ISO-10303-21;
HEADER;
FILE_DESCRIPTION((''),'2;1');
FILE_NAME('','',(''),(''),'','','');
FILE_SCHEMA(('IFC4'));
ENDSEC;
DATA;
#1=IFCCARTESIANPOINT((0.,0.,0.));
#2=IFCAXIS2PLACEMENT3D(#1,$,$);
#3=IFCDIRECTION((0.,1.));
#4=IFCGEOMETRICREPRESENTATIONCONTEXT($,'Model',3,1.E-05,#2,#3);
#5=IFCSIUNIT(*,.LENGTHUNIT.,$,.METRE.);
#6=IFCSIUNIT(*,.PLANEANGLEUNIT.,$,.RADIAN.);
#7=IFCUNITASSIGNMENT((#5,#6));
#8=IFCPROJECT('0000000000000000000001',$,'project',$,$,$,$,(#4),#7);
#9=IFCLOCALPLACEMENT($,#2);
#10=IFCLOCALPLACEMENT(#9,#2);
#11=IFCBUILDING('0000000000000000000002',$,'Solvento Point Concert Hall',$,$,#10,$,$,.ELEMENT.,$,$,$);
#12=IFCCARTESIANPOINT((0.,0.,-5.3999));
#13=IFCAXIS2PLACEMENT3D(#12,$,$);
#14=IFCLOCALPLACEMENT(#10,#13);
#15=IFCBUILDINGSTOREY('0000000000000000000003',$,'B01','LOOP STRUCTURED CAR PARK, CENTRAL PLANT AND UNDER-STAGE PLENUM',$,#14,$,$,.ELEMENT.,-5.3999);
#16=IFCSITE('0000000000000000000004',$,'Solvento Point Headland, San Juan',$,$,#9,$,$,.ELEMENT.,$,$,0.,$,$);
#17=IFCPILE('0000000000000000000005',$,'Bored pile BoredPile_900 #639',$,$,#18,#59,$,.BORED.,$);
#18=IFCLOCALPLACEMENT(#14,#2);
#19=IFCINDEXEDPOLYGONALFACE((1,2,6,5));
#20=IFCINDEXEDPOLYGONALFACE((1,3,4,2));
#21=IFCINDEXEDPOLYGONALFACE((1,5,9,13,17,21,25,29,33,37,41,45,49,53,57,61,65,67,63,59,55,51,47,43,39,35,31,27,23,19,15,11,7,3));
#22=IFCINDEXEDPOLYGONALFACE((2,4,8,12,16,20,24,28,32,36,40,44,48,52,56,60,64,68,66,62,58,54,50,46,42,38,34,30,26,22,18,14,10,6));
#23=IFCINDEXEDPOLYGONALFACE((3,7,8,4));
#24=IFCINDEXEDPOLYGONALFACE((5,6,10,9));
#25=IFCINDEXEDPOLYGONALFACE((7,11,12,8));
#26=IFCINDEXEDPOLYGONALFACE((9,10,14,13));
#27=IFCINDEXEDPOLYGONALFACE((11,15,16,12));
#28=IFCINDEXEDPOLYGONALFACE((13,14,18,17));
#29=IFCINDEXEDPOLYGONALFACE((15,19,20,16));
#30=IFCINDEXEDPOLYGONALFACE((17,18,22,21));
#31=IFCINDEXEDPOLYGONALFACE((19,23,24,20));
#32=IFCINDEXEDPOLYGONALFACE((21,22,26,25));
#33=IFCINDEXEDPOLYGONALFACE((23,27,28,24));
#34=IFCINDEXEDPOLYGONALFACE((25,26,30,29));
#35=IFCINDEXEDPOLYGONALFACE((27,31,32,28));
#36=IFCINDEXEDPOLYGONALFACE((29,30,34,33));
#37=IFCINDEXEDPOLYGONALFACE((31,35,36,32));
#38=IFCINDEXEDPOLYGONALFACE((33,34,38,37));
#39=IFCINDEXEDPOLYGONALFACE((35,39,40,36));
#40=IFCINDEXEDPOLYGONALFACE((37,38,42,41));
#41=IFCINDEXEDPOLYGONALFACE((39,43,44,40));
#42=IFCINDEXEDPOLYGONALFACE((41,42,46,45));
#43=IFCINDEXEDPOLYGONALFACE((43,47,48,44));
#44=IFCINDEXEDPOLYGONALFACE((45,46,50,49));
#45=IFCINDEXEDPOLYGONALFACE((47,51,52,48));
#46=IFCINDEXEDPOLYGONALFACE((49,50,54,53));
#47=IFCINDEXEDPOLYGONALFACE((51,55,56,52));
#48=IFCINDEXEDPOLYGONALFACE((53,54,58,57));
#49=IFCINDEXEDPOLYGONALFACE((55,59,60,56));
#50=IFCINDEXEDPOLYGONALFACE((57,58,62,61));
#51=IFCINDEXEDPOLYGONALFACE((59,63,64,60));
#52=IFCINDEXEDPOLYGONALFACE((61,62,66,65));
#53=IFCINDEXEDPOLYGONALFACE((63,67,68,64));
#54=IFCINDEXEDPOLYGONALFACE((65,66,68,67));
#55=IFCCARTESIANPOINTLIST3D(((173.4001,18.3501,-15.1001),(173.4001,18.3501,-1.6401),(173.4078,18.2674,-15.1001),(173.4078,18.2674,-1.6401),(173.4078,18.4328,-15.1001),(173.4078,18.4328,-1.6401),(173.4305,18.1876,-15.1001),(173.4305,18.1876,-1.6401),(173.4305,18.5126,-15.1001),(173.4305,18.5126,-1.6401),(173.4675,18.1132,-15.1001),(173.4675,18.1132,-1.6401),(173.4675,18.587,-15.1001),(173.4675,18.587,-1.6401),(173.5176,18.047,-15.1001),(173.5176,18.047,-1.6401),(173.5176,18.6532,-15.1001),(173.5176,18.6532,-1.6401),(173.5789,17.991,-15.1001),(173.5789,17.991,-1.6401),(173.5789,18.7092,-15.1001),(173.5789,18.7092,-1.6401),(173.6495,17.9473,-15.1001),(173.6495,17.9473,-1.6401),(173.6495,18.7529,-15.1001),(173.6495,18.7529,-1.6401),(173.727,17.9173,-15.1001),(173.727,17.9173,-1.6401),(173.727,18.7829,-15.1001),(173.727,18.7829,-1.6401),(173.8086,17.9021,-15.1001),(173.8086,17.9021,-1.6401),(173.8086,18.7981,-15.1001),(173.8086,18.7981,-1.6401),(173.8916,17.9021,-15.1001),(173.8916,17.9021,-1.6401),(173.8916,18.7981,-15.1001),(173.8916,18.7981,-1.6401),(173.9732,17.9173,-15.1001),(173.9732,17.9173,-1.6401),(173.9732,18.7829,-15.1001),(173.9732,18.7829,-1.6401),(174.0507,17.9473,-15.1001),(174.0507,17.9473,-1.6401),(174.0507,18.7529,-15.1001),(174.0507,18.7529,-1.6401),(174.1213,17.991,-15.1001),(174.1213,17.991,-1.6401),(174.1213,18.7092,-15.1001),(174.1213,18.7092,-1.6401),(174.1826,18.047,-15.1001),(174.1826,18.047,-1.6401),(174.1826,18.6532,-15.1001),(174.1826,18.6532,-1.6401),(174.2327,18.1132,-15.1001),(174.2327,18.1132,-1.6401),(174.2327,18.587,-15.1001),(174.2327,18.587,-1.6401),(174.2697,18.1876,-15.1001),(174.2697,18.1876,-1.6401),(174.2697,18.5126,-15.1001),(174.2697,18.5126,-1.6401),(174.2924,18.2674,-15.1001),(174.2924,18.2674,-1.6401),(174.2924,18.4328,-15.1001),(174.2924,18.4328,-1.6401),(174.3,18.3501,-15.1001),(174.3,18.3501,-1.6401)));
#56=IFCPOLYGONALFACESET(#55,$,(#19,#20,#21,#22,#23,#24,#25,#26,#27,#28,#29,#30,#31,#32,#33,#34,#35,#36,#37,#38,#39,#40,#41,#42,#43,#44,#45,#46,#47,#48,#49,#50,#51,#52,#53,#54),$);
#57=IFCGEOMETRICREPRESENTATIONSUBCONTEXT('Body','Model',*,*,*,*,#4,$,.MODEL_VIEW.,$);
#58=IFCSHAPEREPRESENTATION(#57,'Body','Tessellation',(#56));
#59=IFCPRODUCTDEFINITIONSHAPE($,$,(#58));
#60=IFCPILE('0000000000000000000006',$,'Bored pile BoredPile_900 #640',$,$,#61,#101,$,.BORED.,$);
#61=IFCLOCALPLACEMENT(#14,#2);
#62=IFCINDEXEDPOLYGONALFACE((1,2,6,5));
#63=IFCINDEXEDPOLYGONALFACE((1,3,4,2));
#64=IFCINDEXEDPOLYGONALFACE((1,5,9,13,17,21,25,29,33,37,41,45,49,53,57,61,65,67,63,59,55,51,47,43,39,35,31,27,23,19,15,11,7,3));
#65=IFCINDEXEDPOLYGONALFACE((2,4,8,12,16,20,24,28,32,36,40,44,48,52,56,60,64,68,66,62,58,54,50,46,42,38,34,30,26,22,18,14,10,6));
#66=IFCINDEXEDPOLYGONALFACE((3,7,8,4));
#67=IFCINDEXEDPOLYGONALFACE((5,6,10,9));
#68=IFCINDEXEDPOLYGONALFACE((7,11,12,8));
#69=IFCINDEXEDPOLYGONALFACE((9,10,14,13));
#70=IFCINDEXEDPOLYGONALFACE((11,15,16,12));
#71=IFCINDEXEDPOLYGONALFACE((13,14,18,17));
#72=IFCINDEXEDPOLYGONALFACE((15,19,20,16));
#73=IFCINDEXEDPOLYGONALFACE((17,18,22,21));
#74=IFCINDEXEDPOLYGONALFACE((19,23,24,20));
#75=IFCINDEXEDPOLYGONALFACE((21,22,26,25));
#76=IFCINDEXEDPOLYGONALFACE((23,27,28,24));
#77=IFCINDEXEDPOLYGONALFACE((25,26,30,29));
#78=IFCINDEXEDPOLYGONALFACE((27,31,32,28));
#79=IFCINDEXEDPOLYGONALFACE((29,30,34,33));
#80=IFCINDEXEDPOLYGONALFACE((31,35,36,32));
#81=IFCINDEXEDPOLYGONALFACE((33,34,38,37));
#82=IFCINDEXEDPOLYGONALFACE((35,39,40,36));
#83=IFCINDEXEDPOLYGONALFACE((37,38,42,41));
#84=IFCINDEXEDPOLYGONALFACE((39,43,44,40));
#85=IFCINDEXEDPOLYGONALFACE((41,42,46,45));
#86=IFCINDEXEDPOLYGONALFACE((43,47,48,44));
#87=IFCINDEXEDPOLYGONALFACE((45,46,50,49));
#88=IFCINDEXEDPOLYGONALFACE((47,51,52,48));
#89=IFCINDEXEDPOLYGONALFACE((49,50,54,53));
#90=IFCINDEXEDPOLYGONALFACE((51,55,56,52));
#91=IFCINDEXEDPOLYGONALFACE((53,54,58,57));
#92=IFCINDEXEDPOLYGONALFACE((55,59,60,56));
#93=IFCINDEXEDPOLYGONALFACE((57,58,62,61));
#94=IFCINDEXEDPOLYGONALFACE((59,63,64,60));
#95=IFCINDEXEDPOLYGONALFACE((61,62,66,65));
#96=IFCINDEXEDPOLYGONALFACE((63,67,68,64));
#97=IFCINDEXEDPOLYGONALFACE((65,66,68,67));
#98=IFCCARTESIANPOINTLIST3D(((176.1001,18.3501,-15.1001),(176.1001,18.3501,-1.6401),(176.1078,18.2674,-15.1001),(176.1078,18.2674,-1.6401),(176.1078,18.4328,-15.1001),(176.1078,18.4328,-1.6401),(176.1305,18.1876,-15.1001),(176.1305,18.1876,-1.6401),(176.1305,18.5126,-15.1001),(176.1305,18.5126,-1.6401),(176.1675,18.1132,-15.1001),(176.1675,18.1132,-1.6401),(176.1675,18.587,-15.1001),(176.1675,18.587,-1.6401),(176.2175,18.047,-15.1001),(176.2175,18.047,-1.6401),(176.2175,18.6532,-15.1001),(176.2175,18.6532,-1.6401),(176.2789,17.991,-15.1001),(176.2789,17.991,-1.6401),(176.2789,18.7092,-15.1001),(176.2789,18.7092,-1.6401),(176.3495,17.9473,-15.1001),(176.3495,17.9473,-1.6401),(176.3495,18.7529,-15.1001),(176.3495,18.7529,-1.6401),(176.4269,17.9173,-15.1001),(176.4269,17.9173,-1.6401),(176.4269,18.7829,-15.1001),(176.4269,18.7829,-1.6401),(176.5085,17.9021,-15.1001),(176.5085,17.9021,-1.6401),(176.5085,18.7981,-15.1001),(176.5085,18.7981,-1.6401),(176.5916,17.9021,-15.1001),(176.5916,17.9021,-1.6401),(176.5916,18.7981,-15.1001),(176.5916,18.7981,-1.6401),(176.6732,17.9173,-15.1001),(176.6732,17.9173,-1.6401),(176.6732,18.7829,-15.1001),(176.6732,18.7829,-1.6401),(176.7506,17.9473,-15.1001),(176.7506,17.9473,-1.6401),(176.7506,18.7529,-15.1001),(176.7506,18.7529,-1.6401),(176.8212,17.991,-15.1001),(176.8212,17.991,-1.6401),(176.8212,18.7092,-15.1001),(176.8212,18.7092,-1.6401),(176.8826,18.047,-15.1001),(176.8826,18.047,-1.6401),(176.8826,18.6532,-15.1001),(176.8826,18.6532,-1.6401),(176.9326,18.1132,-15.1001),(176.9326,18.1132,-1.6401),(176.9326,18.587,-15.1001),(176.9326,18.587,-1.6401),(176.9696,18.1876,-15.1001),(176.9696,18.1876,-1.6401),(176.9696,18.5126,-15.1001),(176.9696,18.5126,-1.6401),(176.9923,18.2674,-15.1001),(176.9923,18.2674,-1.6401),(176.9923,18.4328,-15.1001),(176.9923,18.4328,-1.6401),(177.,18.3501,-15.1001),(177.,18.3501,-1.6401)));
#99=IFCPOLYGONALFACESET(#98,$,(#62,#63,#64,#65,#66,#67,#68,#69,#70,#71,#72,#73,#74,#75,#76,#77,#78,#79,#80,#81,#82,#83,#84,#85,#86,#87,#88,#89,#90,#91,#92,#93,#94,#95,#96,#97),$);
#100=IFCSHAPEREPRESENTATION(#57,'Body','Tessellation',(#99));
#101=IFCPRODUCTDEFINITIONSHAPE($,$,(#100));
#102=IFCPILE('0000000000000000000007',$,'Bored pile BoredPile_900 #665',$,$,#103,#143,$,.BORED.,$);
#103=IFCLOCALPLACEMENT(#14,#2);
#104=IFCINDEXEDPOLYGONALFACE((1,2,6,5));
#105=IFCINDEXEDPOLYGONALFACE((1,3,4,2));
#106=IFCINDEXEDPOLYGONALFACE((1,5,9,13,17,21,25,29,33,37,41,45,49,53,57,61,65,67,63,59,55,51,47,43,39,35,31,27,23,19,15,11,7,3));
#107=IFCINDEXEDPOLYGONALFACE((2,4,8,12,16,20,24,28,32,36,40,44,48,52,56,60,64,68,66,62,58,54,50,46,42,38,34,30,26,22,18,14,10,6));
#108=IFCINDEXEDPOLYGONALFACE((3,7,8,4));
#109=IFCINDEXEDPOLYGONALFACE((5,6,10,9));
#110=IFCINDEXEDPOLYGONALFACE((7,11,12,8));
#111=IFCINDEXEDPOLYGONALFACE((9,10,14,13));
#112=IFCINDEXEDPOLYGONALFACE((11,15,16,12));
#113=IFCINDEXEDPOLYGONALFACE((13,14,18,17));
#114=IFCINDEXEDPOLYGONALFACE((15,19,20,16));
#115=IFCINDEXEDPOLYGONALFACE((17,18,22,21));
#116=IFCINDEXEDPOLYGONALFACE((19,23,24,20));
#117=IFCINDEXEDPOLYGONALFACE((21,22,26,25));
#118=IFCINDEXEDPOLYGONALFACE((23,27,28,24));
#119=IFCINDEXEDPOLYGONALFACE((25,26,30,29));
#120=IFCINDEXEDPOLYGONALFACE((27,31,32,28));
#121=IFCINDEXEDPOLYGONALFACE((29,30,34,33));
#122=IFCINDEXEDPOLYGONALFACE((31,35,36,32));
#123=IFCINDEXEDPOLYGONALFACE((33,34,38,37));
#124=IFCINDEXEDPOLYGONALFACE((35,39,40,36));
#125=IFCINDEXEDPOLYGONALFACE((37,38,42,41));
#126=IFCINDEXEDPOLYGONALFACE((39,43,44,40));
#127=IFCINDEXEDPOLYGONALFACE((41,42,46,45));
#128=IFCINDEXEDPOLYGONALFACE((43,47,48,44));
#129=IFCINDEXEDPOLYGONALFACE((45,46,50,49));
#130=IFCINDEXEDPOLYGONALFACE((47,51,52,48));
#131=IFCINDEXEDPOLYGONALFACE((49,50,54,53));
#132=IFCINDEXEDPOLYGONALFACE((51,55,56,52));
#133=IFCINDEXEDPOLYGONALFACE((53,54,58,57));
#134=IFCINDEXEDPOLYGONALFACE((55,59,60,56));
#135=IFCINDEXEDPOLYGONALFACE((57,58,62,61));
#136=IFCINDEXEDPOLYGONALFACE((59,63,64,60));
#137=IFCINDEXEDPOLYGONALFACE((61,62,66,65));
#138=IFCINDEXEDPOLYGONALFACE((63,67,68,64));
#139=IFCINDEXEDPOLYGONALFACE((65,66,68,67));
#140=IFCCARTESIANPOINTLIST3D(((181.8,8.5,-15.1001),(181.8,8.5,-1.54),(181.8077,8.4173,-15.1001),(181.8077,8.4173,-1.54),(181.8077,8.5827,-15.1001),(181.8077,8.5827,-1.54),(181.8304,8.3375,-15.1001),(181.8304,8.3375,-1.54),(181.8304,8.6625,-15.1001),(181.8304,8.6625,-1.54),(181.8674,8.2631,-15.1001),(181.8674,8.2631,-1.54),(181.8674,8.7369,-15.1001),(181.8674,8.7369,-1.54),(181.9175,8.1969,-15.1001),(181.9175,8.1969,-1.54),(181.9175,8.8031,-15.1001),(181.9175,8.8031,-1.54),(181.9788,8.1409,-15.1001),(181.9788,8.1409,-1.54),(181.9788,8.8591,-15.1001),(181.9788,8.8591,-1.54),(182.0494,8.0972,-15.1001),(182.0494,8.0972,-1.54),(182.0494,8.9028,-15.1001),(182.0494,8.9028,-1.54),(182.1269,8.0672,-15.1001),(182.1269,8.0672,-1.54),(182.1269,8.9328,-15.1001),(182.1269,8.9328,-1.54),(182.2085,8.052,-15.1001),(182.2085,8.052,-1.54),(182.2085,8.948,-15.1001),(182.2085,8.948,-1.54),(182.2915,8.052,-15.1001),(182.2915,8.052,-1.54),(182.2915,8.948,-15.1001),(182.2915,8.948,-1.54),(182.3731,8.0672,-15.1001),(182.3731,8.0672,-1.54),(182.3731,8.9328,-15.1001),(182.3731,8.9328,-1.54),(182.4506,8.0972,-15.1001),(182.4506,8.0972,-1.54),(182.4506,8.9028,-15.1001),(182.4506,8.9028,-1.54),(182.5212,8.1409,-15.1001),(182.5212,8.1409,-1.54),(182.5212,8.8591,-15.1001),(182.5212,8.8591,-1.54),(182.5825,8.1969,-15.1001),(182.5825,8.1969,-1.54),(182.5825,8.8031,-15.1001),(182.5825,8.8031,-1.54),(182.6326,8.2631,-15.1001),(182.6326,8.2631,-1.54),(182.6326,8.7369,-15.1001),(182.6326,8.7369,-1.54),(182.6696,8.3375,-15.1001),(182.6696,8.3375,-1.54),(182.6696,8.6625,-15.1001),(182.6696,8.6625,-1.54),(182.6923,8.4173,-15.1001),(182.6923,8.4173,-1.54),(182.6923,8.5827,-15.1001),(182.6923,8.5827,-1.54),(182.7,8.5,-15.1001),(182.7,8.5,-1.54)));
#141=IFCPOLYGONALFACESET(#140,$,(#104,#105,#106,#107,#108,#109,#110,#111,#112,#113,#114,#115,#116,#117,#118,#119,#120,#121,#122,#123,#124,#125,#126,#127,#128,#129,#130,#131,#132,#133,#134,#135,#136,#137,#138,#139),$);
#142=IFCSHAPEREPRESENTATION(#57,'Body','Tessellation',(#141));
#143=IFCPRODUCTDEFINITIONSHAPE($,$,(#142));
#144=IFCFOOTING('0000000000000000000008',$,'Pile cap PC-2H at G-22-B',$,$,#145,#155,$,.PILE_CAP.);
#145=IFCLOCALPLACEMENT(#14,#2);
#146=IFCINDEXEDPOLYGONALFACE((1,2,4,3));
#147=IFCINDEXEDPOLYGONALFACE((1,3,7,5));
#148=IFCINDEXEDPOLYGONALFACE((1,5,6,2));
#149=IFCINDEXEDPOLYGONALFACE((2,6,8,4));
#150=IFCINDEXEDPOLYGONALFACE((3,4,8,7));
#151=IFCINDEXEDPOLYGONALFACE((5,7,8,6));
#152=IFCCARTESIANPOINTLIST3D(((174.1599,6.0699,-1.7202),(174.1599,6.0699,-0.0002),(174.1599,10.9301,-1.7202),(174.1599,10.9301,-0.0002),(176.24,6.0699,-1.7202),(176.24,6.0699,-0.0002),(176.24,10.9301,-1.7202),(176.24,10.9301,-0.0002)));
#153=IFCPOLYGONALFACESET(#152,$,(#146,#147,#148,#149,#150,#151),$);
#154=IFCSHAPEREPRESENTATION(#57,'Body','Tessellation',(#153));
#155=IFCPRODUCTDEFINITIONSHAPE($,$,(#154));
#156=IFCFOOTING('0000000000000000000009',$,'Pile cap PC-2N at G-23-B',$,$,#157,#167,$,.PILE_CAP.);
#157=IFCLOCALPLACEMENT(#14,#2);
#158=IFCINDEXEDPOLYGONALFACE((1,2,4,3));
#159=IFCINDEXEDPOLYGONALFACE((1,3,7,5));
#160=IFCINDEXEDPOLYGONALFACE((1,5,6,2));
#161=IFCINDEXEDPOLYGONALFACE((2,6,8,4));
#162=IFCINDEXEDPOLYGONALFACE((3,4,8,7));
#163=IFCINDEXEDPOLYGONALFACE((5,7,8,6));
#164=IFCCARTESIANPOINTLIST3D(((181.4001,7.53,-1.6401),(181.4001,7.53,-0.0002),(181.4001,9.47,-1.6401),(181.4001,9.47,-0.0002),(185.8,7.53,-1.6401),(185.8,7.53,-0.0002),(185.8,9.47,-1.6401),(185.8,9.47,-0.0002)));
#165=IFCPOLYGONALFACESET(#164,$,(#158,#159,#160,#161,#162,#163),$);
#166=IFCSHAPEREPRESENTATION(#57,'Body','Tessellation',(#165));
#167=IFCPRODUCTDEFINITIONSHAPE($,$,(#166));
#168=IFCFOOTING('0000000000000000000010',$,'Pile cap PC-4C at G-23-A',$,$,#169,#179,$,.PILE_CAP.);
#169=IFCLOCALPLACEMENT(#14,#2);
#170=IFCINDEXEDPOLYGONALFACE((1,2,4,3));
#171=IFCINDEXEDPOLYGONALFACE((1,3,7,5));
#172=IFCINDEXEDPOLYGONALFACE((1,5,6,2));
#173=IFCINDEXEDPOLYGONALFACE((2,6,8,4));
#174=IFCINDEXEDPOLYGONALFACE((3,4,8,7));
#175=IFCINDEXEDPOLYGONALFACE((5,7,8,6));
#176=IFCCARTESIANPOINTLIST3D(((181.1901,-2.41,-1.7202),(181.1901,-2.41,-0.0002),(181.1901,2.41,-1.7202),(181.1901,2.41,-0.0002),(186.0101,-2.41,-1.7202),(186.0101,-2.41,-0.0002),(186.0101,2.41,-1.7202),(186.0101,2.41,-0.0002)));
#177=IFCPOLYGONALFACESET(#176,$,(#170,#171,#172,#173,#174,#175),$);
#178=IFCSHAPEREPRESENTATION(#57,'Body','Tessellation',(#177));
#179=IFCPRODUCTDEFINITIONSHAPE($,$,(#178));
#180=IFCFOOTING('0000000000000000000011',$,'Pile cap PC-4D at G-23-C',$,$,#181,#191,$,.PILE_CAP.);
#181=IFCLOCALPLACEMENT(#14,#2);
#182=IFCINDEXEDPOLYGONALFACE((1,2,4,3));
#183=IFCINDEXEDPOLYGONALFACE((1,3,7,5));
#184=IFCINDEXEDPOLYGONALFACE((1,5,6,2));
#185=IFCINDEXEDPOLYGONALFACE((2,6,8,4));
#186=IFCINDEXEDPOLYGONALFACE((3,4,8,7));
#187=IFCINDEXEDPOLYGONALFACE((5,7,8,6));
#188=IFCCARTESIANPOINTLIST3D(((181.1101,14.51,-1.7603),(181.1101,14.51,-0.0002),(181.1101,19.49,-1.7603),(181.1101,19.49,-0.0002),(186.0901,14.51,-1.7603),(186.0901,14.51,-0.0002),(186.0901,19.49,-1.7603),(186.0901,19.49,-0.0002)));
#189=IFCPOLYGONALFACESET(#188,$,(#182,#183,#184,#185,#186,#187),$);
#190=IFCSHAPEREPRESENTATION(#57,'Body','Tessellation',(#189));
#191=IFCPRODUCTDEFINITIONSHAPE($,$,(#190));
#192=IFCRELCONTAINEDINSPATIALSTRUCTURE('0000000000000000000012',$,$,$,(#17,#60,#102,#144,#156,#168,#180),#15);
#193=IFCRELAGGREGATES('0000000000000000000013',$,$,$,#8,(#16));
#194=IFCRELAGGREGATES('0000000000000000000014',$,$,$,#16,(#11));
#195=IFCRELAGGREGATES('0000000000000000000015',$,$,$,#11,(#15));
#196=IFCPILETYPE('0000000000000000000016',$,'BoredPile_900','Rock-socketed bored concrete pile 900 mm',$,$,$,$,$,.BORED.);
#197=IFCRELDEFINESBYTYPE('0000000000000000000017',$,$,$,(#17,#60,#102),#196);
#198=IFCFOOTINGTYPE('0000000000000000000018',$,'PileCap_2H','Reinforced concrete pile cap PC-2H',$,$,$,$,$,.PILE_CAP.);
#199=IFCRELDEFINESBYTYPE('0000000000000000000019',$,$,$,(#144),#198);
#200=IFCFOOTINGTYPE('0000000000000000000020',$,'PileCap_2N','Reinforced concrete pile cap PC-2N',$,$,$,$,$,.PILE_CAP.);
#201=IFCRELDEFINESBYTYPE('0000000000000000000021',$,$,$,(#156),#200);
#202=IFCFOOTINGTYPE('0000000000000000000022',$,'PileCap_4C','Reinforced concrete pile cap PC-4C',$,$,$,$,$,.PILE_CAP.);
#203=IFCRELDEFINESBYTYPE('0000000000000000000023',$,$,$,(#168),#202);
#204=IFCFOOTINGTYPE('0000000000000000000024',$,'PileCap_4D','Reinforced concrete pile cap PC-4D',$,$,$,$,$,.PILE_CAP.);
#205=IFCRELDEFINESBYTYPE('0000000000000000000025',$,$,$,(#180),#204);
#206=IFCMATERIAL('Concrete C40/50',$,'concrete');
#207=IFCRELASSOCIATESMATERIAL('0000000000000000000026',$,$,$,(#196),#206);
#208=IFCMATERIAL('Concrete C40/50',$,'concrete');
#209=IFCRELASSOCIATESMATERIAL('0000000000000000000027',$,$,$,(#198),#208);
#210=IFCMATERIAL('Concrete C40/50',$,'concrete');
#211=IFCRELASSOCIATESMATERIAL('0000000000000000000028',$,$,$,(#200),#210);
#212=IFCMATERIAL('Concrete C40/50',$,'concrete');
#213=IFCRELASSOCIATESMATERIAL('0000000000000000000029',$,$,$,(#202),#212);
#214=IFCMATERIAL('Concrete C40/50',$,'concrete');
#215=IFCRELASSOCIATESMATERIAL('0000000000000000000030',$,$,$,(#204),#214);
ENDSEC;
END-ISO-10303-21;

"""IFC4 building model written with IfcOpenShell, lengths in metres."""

from ifc_helpers import new_model, si_unit, direction, frame, origin, origin_2d, place, context, subcontext, project, spatial, rectangle, circle, extrude, material, material_profile, profile_set, type_object, element, save


model = new_model("IFC4")

# Units and contexts
model_context = context("Model", 3, precision=1e-05, world=origin(), true_north=direction((0.0, 1.0)))
body_context = subcontext(model_context, "Body", "Model", "MODEL_VIEW")
ifc_project = project(units=[si_unit("LENGTHUNIT", "METRE"), si_unit("PLANEANGLEUNIT", "RADIAN")], contexts=[model_context])

# Site, building, storey
site_placement = place(None, origin())
site = spatial("IfcSite", under=ifc_project, at=site_placement, Name="Solvento Point Headland, San Juan", CompositionType="ELEMENT", RefElevation=0.0)
building_placement = place(site_placement, origin())
building = spatial("IfcBuilding", under=site, at=building_placement, Name="Solvento Point Concert Hall", CompositionType="ELEMENT")
storey_placement = place(building_placement, frame((0.0, 0.0, -5.3999)))
storey = spatial("IfcBuildingStorey", under=building, at=storey_placement, Name="B01", Description="LOOP STRUCTURED CAR PARK, CENTRAL PLANT AND UNDER-STAGE PLENUM", CompositionType="ELEMENT", Elevation=-5.3999)

# Piles
ifc_material_1 = material(Name="Concrete C40/50", Category="concrete")
ifc_material_profile_1 = material_profile(ifc_material_1, circle(Radius=0.45, at=origin_2d()), Name="BP-900")
ifc_profile_set_1 = profile_set([ifc_material_profile_1], Name="Concrete C40/50")
pile_type_1 = type_object("IfcPileType", Name="BoredPile_900", Description="Rock-socketed bored concrete pile 900 mm", PredefinedType="BORED", material=ifc_profile_set_1)
for number, where, z_axis, x_axis, name in (
    (1, (173.8501, 18.3501, -1.6401), (0.0, 0.0, -1.0), (1.0, 0.0, 0.0), "Bored pile BoredPile_900 #639"),
    (2, (176.55, 18.3501, -1.6401), (0.0, 0.0, -1.0), (1.0, 0.0, 0.0), "Bored pile BoredPile_900 #640"),
):
    element("IfcPile", number, at=place(storey_placement, frame(where, z_axis=z_axis, x_axis=x_axis)), inside=storey, type_object=pile_type_1, Name=name, PredefinedType="BORED", context=body_context, shape_type="SweptSolid", body=[
        extrude(circle(Radius=0.45, at=origin_2d()), origin(), (0.0, 0.0, 1.0), 13.46),
    ])
pile_placement = place(storey_placement, frame((182.25, 8.5, -1.54), z_axis=(0.0, 0.0, -1.0), x_axis=(1.0, 0.0, 0.0)))
element("IfcPile", 3, at=pile_placement, inside=storey, type_object=pile_type_1, Name="Bored pile BoredPile_900 #665", PredefinedType="BORED", context=body_context, shape_type="SweptSolid", body=[
    extrude(circle(Radius=0.45, at=origin_2d()), origin(), (0.0, 0.0, 1.0), 13.5601),
])

# Footings
ifc_material_2 = material(Name="Concrete C40/50", Category="concrete")
footing_type_1 = type_object("IfcFootingType", Name="PileCap_2H", Description="Reinforced concrete pile cap PC-2H", PredefinedType="PILE_CAP", material=ifc_material_2)
footing_1_placement = place(storey_placement, frame((175.2, 8.5, -1.7202), z_axis=(0.0, 0.0, 1.0), x_axis=(1.0, 0.0, 0.0)))
element("IfcFooting", 4, at=footing_1_placement, inside=storey, type_object=footing_type_1, Name="Pile cap PC-2H at G-22-B", PredefinedType="PILE_CAP", context=body_context, shape_type="SweptSolid", body=[
    extrude(rectangle(XDim=2.0801, YDim=4.8601, at=origin_2d()), origin(), (0.0, 0.0, 1.0), 1.72),
])
ifc_material_3 = material(Name="Concrete C40/50", Category="concrete")
footing_type_2 = type_object("IfcFootingType", Name="PileCap_2N", Description="Reinforced concrete pile cap PC-2N", PredefinedType="PILE_CAP", material=ifc_material_3)
footing_2_placement = place(storey_placement, frame((183.6001, 8.5, -1.6401), z_axis=(0.0, 0.0, 1.0), x_axis=(1.0, 0.0, 0.0)))
element("IfcFooting", 5, at=footing_2_placement, inside=storey, type_object=footing_type_2, Name="Pile cap PC-2N at G-23-B", PredefinedType="PILE_CAP", context=body_context, shape_type="SweptSolid", body=[
    extrude(rectangle(XDim=4.3999, YDim=1.9399, at=origin_2d()), origin(), (0.0, 0.0, 1.0), 1.6399),
])
ifc_material_4 = material(Name="Concrete C40/50", Category="concrete")
footing_type_3 = type_object("IfcFootingType", Name="PileCap_4C", Description="Reinforced concrete pile cap PC-4C", PredefinedType="PILE_CAP", material=ifc_material_4)
footing_3_placement = place(storey_placement, frame((183.6001, 0.0, -1.7202), z_axis=(0.0, 0.0, 1.0), x_axis=(1.0, 0.0, 0.0)))
element("IfcFooting", 6, at=footing_3_placement, inside=storey, type_object=footing_type_3, Name="Pile cap PC-4C at G-23-A", PredefinedType="PILE_CAP", context=body_context, shape_type="SweptSolid", body=[
    extrude(rectangle(XDim=4.8201, YDim=4.8201, at=origin_2d()), origin(), (0.0, 0.0, 1.0), 1.72),
])
ifc_material_5 = material(Name="Concrete C40/50", Category="concrete")
footing_type_4 = type_object("IfcFootingType", Name="PileCap_4D", Description="Reinforced concrete pile cap PC-4D", PredefinedType="PILE_CAP", material=ifc_material_5)
footing_4_placement = place(storey_placement, frame((183.6001, 17.0, -1.7603), z_axis=(0.0, 0.0, 1.0), x_axis=(1.0, 0.0, 0.0)))
element("IfcFooting", 7, at=footing_4_placement, inside=storey, type_object=footing_type_4, Name="Pile cap PC-4D at G-23-C", PredefinedType="PILE_CAP", context=body_context, shape_type="SweptSolid", body=[
    extrude(rectangle(XDim=4.98, YDim=4.98, at=origin_2d()), origin(), (0.0, 0.0, 1.0), 1.76),
])

save(model, "model.ifc")
